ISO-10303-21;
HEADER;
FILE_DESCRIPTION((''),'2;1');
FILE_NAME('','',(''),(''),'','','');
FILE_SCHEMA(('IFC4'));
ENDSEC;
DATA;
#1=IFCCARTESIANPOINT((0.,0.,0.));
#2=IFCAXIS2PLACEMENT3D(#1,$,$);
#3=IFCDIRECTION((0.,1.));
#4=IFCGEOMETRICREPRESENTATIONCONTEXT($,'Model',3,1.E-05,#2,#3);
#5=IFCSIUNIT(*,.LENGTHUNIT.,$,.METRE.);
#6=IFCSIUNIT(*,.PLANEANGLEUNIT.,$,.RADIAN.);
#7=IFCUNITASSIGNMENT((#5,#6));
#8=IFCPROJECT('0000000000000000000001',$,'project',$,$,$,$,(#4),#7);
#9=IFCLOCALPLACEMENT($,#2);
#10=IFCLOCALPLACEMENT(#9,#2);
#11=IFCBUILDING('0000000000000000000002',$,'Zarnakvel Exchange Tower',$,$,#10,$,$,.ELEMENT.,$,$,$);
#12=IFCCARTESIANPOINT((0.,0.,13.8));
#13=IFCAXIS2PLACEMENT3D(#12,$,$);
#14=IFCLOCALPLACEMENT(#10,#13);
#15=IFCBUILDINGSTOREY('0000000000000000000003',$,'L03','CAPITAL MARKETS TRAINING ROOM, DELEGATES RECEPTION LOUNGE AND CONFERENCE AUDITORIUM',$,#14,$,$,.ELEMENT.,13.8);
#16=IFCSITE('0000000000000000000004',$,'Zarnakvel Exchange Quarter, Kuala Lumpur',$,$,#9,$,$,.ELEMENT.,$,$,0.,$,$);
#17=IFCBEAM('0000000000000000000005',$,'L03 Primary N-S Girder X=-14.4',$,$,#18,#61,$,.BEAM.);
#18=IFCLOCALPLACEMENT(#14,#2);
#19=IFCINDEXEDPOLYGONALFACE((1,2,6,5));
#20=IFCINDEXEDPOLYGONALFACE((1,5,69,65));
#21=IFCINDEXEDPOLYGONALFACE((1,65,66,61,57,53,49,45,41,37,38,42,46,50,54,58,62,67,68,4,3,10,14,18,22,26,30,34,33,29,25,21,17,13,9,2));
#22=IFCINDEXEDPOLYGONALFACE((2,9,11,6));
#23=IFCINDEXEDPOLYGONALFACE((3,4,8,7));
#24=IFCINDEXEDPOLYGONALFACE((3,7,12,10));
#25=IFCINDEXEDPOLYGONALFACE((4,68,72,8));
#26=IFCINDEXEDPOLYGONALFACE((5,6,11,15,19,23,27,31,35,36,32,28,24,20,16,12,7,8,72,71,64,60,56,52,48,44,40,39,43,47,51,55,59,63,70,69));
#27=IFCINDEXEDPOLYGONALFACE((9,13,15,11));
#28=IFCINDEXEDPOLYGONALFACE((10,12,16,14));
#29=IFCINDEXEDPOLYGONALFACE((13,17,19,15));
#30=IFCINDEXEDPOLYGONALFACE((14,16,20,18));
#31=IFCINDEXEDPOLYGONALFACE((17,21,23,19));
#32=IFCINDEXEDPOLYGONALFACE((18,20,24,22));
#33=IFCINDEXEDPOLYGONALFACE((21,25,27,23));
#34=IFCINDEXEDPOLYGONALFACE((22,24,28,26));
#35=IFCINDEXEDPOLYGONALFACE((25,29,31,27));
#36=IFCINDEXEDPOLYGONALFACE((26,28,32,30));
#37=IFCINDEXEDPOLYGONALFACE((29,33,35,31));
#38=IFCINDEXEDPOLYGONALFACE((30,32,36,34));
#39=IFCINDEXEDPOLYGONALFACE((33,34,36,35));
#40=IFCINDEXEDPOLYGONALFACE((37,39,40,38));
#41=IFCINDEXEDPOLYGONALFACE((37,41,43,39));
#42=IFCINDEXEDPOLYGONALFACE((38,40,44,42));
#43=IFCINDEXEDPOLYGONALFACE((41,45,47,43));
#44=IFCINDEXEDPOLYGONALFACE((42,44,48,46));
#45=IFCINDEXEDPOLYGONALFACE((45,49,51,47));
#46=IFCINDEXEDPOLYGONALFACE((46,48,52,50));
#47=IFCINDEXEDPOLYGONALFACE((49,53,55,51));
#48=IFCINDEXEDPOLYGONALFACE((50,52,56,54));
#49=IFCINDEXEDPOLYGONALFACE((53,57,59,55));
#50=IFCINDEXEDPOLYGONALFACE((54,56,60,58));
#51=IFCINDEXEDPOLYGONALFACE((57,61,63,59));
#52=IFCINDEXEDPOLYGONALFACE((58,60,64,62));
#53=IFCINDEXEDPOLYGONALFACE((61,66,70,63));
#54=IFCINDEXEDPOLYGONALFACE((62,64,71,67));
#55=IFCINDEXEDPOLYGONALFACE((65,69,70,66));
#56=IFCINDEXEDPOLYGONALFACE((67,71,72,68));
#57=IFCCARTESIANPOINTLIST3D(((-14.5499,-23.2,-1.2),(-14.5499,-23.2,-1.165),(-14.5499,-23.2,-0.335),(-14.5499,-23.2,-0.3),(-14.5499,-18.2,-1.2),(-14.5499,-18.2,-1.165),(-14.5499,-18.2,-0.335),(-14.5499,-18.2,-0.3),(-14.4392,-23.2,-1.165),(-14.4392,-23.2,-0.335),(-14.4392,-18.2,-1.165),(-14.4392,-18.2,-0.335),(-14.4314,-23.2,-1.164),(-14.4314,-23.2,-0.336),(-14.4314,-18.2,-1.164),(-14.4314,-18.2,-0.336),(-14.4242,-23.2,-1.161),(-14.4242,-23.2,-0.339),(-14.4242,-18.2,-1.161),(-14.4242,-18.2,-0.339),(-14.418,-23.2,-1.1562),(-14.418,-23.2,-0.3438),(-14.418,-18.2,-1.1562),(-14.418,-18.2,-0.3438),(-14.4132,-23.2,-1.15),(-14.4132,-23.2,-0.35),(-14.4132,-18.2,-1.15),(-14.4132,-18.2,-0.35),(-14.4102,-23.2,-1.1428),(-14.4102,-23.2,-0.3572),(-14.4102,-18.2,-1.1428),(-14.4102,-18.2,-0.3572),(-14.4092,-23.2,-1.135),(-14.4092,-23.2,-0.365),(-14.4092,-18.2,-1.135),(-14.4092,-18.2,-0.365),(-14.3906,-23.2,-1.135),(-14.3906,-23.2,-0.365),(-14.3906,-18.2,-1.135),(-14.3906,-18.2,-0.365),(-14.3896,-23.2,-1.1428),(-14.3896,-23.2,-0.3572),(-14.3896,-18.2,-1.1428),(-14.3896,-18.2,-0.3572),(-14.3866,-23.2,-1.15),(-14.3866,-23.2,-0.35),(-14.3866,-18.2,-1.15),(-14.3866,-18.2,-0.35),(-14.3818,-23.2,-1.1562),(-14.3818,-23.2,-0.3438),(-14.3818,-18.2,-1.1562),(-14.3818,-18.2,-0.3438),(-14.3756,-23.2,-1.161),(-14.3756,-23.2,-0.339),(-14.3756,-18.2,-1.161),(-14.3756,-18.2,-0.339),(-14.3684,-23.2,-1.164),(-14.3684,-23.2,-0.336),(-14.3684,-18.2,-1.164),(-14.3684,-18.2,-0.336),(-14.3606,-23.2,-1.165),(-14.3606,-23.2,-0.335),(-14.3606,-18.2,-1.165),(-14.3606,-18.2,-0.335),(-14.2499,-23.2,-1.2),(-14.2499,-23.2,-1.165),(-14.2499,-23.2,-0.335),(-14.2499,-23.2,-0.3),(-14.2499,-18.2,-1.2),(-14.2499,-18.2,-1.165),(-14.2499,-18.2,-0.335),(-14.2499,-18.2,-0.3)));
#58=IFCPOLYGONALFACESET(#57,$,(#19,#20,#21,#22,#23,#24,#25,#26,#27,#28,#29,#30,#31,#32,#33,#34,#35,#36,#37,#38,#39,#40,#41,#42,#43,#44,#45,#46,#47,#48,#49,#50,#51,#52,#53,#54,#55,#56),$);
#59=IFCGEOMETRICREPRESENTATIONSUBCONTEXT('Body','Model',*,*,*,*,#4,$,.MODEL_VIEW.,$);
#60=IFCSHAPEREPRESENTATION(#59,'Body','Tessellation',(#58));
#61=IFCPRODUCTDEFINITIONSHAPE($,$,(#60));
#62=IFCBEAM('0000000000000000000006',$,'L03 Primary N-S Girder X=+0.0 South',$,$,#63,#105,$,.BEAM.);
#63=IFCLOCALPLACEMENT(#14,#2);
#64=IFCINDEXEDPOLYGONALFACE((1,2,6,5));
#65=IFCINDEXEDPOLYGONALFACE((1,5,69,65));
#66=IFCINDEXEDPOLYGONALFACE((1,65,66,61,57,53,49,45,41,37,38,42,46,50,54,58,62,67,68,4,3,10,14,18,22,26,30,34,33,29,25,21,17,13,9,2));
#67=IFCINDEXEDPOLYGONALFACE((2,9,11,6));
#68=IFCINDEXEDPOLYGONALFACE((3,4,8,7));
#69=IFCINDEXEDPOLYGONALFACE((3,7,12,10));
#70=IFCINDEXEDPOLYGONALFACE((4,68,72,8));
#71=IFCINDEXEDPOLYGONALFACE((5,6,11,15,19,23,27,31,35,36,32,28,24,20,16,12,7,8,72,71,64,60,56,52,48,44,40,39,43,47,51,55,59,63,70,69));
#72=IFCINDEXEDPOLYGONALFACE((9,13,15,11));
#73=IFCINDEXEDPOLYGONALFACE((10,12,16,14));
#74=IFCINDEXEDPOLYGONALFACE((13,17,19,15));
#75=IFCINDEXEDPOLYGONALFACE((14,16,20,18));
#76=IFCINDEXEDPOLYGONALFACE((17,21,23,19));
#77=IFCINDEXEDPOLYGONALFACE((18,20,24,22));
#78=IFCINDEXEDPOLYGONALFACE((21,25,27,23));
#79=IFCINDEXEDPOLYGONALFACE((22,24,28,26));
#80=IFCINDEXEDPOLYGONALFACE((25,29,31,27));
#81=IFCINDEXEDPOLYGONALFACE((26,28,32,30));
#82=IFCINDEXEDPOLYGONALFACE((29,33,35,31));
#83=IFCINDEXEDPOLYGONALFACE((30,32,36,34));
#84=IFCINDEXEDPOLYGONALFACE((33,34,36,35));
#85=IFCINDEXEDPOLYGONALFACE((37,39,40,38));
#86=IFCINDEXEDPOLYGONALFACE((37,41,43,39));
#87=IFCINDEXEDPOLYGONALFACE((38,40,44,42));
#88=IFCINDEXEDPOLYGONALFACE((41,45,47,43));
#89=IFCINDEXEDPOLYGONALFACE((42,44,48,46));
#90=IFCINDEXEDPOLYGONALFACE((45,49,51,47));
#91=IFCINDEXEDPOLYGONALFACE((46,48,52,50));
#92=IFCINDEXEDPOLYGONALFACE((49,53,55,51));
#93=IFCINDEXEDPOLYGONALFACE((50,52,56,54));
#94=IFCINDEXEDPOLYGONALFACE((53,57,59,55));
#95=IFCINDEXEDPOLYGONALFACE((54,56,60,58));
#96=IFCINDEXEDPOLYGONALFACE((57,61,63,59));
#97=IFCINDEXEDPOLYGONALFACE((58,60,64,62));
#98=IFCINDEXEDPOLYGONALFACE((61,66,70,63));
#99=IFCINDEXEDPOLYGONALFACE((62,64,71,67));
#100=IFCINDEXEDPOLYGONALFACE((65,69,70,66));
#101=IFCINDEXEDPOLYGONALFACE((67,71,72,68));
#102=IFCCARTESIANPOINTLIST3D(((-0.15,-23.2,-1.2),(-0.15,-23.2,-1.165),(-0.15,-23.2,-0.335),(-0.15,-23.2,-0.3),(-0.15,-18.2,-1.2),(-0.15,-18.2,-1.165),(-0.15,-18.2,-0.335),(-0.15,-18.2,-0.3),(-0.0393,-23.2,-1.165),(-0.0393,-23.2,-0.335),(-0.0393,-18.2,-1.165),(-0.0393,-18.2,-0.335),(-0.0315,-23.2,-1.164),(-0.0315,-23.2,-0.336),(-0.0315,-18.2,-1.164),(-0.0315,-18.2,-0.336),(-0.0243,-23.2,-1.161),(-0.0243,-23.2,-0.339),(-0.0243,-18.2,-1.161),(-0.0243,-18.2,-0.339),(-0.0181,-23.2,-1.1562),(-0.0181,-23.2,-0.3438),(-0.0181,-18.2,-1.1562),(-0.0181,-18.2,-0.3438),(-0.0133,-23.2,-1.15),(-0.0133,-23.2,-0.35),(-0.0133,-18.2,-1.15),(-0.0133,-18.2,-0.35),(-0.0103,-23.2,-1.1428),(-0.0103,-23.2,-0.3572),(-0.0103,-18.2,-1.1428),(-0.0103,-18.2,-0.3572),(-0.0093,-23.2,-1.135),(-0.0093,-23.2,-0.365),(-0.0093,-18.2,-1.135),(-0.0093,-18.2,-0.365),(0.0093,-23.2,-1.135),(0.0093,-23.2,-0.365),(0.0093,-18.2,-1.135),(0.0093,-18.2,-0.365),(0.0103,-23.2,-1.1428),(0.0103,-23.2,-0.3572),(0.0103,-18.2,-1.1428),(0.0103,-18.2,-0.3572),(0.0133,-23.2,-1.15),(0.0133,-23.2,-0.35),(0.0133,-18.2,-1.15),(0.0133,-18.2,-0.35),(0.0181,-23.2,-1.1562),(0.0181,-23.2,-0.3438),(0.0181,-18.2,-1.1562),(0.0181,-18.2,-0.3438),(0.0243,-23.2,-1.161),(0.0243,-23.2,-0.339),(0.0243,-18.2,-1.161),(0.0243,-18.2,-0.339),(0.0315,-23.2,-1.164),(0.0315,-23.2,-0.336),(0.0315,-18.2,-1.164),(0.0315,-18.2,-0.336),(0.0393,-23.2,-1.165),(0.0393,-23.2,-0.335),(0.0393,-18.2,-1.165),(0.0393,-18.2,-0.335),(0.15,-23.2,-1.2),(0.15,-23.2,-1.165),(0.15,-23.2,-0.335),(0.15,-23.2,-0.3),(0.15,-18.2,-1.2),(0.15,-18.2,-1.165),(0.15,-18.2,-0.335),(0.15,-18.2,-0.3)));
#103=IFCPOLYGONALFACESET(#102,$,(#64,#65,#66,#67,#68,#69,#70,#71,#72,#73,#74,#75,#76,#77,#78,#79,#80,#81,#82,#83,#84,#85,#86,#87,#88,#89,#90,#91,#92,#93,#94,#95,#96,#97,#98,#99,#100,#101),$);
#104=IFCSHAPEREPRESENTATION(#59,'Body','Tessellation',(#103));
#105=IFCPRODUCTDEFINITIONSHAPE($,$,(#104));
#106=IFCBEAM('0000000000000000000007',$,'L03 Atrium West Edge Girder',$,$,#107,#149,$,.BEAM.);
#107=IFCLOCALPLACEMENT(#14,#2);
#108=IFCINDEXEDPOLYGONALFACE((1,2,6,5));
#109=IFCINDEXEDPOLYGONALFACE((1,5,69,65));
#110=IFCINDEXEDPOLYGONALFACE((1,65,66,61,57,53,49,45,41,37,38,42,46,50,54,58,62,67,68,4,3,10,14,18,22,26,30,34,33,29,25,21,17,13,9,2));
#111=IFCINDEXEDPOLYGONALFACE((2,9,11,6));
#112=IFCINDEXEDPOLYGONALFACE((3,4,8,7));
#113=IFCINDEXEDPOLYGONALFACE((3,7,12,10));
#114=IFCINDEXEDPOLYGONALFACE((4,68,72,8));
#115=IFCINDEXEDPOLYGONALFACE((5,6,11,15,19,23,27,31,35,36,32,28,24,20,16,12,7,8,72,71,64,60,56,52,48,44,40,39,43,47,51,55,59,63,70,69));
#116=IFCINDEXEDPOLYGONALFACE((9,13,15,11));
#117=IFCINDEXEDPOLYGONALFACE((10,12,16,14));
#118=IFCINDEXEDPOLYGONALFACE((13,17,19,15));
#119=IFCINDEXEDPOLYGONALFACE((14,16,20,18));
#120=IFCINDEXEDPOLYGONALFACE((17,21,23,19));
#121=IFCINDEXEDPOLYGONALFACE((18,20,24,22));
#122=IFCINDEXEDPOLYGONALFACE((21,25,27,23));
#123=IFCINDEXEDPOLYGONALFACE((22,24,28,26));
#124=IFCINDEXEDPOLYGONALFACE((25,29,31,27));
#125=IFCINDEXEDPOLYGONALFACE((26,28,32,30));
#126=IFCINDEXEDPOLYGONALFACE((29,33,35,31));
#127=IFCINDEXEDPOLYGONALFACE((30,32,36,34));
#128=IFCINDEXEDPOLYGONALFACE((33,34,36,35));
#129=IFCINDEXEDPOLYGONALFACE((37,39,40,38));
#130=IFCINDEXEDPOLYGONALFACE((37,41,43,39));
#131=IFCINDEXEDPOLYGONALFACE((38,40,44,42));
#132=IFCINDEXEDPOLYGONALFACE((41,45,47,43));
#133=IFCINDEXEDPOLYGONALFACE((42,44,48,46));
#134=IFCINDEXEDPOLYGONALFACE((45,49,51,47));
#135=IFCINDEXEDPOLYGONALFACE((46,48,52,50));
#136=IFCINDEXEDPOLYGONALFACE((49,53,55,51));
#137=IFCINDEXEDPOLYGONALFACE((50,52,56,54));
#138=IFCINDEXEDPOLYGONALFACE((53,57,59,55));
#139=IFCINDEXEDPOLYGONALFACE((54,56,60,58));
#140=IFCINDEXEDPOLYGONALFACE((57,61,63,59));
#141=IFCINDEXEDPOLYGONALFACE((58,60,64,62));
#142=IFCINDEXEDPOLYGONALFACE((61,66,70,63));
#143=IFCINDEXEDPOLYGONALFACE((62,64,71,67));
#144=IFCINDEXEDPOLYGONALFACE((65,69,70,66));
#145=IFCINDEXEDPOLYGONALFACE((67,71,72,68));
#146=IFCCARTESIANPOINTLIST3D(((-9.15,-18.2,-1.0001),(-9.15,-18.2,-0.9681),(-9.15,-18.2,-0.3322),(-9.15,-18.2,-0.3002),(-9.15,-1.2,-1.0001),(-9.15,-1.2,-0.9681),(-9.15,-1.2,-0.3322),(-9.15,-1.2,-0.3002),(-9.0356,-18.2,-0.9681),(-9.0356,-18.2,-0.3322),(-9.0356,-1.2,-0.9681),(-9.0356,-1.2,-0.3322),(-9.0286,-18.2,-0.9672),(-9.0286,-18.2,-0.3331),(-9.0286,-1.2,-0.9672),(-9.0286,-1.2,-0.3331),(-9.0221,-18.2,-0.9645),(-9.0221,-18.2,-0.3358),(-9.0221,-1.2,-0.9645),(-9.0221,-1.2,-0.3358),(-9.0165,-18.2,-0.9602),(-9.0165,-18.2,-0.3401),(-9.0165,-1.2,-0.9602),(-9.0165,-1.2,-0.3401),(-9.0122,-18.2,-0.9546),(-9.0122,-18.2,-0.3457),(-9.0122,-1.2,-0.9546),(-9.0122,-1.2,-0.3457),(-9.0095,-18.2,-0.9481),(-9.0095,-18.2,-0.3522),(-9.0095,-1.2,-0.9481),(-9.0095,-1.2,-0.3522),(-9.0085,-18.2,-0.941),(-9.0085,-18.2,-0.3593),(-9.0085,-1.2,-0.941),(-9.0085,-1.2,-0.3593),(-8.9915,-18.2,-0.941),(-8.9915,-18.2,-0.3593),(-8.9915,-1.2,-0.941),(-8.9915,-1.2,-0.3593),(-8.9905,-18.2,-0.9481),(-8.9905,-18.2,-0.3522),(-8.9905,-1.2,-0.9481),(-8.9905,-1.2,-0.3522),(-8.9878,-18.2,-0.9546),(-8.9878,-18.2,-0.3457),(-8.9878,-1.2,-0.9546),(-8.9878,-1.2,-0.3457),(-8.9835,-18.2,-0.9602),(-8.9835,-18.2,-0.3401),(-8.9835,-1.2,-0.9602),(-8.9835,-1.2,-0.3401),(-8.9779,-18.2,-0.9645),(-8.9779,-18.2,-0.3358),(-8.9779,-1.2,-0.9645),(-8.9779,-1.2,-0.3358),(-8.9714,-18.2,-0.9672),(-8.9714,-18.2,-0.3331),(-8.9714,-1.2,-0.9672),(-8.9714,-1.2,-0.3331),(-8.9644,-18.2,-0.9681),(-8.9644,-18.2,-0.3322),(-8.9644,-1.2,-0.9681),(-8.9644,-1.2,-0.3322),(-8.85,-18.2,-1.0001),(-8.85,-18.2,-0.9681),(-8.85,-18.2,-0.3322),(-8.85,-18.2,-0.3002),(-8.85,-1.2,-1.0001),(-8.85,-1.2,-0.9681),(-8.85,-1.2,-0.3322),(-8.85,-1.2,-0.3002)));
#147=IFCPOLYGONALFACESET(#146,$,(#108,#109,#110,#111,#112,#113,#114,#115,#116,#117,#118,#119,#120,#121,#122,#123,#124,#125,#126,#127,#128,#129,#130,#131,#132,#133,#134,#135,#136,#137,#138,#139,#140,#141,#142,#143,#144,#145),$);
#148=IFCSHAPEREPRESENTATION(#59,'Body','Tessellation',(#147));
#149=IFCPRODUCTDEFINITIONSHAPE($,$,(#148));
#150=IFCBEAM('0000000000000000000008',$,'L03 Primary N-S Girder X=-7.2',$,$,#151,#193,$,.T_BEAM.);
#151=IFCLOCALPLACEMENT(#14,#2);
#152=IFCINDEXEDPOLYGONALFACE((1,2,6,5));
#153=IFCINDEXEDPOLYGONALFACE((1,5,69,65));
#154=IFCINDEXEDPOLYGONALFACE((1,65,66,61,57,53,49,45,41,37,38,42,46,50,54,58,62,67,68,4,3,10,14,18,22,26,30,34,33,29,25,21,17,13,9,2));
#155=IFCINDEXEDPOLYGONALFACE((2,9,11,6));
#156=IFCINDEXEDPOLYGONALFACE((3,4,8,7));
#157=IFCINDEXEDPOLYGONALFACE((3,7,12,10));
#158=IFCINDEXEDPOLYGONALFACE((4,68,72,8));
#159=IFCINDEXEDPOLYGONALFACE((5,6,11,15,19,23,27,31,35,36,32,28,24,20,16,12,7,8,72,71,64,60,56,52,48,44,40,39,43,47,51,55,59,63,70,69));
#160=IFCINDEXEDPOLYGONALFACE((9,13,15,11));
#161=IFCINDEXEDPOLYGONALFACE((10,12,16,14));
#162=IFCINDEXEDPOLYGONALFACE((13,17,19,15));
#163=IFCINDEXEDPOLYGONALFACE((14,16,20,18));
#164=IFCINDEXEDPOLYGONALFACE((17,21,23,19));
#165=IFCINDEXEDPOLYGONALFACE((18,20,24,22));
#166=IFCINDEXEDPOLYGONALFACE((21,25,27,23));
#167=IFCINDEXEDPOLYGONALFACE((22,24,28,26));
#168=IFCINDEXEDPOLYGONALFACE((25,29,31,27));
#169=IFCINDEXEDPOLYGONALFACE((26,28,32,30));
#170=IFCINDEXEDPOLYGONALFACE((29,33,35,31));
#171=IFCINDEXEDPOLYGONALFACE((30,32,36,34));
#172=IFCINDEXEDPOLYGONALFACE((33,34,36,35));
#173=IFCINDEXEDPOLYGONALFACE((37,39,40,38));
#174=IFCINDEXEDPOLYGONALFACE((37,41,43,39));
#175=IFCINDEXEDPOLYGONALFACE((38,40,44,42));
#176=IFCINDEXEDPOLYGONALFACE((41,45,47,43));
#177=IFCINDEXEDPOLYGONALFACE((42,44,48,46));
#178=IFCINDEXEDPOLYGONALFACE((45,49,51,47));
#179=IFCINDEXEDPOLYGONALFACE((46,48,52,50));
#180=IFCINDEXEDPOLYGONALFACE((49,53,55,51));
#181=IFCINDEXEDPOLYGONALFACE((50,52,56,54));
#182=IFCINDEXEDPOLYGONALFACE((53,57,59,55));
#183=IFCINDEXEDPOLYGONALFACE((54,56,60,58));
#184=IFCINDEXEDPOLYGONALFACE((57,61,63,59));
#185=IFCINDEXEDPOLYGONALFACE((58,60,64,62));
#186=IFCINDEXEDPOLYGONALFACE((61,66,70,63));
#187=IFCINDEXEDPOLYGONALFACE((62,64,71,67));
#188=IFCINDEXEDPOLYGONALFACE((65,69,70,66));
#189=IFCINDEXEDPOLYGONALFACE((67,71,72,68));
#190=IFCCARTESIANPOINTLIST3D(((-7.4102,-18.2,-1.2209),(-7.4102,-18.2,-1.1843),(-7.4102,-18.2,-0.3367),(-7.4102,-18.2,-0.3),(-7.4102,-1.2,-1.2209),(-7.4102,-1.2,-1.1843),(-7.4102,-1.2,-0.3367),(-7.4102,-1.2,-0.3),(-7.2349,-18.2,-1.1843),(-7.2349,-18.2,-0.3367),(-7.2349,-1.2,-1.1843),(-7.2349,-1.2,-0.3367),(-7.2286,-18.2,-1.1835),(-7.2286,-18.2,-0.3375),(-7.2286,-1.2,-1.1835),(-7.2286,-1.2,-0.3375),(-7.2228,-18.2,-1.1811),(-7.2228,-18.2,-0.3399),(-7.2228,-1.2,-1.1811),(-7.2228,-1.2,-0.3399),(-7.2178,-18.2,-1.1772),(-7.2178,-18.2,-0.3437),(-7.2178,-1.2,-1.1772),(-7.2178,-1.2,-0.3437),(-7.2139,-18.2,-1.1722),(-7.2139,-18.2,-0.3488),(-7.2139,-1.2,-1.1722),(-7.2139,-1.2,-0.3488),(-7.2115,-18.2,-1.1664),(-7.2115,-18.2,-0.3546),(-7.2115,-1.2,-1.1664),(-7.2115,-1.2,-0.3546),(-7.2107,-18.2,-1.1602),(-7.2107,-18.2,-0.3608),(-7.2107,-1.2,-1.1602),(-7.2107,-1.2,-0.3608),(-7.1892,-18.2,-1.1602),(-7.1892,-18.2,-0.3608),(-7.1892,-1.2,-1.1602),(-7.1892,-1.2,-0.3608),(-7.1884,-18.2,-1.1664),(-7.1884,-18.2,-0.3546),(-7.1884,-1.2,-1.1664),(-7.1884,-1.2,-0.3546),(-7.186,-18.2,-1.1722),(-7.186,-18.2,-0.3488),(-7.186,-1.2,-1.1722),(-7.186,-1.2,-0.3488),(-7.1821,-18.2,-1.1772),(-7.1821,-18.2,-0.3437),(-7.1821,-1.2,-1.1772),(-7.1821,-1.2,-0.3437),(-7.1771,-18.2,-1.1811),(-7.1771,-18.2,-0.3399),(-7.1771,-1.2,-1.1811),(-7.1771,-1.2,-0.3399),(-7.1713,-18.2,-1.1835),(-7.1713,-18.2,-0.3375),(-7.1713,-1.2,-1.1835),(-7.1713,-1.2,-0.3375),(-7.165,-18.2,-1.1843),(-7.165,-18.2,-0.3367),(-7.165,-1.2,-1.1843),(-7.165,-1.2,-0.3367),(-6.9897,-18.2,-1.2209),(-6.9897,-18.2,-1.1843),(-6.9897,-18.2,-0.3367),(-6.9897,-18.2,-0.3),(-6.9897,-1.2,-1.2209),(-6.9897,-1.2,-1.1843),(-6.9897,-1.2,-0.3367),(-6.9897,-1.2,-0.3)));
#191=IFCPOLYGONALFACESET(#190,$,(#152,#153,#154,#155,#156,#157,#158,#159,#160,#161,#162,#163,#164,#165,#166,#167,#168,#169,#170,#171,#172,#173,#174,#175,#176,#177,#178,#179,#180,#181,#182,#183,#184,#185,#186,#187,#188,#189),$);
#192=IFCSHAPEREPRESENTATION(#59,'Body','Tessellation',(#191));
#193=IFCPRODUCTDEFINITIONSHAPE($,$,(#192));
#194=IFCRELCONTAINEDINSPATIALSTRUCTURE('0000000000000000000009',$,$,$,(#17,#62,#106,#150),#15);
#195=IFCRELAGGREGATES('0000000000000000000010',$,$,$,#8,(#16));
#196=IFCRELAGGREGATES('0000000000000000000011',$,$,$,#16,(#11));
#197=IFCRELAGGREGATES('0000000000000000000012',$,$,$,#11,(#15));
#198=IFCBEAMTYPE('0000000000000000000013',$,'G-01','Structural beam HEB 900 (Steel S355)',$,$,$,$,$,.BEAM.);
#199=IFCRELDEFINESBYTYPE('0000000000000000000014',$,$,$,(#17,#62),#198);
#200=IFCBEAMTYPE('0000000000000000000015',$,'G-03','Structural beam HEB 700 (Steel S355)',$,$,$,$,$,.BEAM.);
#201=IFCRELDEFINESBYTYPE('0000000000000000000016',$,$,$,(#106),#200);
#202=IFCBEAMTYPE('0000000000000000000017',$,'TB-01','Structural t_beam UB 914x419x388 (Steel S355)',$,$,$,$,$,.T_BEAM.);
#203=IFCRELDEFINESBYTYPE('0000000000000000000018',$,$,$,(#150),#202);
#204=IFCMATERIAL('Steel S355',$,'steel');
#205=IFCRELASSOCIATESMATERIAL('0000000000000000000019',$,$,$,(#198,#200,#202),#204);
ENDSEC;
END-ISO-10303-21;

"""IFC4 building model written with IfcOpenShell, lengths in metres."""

from ifc_helpers import new_model, si_unit, direction, frame, origin, origin_2d, place, context, subcontext, project, spatial, i_section, extrude, material, material_profile, profile_set, type_object, element, save


model = new_model("IFC4")

# Units and contexts
model_context = context("Model", 3, precision=1e-05, world=origin(), true_north=direction((0.0, 1.0)))
body_context = subcontext(model_context, "Body", "Model", "MODEL_VIEW")
ifc_project = project(units=[si_unit("LENGTHUNIT", "METRE"), si_unit("PLANEANGLEUNIT", "RADIAN")], contexts=[model_context])

# Site, building, storey
site_placement = place(None, origin())
site = spatial("IfcSite", under=ifc_project, at=site_placement, Name="Zarnakvel Exchange Quarter, Kuala Lumpur", CompositionType="ELEMENT", RefElevation=0.0)
building_placement = place(site_placement, origin())
building = spatial("IfcBuilding", under=site, at=building_placement, Name="Zarnakvel Exchange Tower", CompositionType="ELEMENT")
storey_placement = place(building_placement, frame((0.0, 0.0, 13.8)))
storey = spatial("IfcBuildingStorey", under=building, at=storey_placement, Name="L03", Description="CAPITAL MARKETS TRAINING ROOM, DELEGATES RECEPTION LOUNGE AND CONFERENCE AUDITORIUM", CompositionType="ELEMENT", Elevation=13.8)

# Beams
ifc_material_1 = material(Name="Steel S355", Category="steel")
ifc_material_profile_1 = material_profile(ifc_material_1, i_section(OverallWidth=0.3, OverallDepth=0.8999, WebThickness=0.0186, FlangeThickness=0.0349, FilletRadius=0.03, at=origin_2d()))
ifc_profile_set_1 = profile_set([ifc_material_profile_1], Name="Steel S355")
beam_type_1 = type_object("IfcBeamType", Name="G-01", Description="Structural beam HEB 900 (Steel S355)", PredefinedType="BEAM", material=ifc_profile_set_1)
for number, where, z_axis, x_axis, name in (
    (1, (-14.3999, -23.2, -0.75), (0.0, 1.0, 0.0), (-1.0, 0.0, 0.0), "L03 Primary N-S Girder X=-14.4"),
    (2, (0.0, -23.2, -0.75), (0.0, 1.0, 0.0), (-1.0, 0.0, 0.0), "L03 Primary N-S Girder X=+0.0 South"),
):
    element("IfcBeam", number, at=place(storey_placement, frame(where, z_axis=z_axis, x_axis=x_axis)), inside=storey, type_object=beam_type_1, Name=name, PredefinedType="BEAM", context=body_context, shape_type="SweptSolid", body=[
        extrude(i_section(OverallWidth=0.3, OverallDepth=0.8999, WebThickness=0.0186, FlangeThickness=0.0349, FilletRadius=0.03, at=origin_2d()), origin(), (0.0, 0.0, 1.0), 5.0),
    ])
ifc_material_profile_2 = material_profile(ifc_material_1, i_section(OverallWidth=0.3, OverallDepth=0.7, WebThickness=0.0171, FlangeThickness=0.032, FilletRadius=0.0271, at=origin_2d()))
ifc_profile_set_2 = profile_set([ifc_material_profile_2], Name="Steel S355")
beam_type_2 = type_object("IfcBeamType", Name="G-03", Description="Structural beam HEB 700 (Steel S355)", PredefinedType="BEAM", material=ifc_profile_set_2)
beam_1_placement = place(storey_placement, frame((-9.0, -18.2, -0.6501), z_axis=(0.0, 1.0, 0.0), x_axis=(-1.0, 0.0, 0.0)))
element("IfcBeam", 3, at=beam_1_placement, inside=storey, type_object=beam_type_2, Name="L03 Atrium West Edge Girder", PredefinedType="BEAM", context=body_context, shape_type="SweptSolid", body=[
    extrude(i_section(OverallWidth=0.3, OverallDepth=0.7, WebThickness=0.0171, FlangeThickness=0.032, FilletRadius=0.0271, at=origin_2d()), origin(), (0.0, 0.0, 1.0), 17.0),
])
ifc_material_profile_3 = material_profile(ifc_material_1, i_section(OverallWidth=0.4204, OverallDepth=0.9209, WebThickness=0.0215, FlangeThickness=0.0366, FilletRadius=0.0242, at=origin_2d()))
ifc_profile_set_3 = profile_set([ifc_material_profile_3], Name="Steel S355")
beam_type_3 = type_object("IfcBeamType", Name="TB-01", Description="Structural t_beam UB 914x419x388 (Steel S355)", PredefinedType="T_BEAM", material=ifc_profile_set_3)
beam_2_placement = place(storey_placement, frame((-7.2, -18.2, -0.7605), z_axis=(0.0, 1.0, 0.0), x_axis=(-1.0, 0.0, 0.0)))
element("IfcBeam", 4, at=beam_2_placement, inside=storey, type_object=beam_type_3, Name="L03 Primary N-S Girder X=-7.2", PredefinedType="T_BEAM", context=body_context, shape_type="SweptSolid", body=[
    extrude(i_section(OverallWidth=0.4204, OverallDepth=0.9209, WebThickness=0.0215, FlangeThickness=0.0366, FilletRadius=0.0242, at=origin_2d()), origin(), (0.0, 0.0, 1.0), 17.0),
])

save(model, "model.ifc")
